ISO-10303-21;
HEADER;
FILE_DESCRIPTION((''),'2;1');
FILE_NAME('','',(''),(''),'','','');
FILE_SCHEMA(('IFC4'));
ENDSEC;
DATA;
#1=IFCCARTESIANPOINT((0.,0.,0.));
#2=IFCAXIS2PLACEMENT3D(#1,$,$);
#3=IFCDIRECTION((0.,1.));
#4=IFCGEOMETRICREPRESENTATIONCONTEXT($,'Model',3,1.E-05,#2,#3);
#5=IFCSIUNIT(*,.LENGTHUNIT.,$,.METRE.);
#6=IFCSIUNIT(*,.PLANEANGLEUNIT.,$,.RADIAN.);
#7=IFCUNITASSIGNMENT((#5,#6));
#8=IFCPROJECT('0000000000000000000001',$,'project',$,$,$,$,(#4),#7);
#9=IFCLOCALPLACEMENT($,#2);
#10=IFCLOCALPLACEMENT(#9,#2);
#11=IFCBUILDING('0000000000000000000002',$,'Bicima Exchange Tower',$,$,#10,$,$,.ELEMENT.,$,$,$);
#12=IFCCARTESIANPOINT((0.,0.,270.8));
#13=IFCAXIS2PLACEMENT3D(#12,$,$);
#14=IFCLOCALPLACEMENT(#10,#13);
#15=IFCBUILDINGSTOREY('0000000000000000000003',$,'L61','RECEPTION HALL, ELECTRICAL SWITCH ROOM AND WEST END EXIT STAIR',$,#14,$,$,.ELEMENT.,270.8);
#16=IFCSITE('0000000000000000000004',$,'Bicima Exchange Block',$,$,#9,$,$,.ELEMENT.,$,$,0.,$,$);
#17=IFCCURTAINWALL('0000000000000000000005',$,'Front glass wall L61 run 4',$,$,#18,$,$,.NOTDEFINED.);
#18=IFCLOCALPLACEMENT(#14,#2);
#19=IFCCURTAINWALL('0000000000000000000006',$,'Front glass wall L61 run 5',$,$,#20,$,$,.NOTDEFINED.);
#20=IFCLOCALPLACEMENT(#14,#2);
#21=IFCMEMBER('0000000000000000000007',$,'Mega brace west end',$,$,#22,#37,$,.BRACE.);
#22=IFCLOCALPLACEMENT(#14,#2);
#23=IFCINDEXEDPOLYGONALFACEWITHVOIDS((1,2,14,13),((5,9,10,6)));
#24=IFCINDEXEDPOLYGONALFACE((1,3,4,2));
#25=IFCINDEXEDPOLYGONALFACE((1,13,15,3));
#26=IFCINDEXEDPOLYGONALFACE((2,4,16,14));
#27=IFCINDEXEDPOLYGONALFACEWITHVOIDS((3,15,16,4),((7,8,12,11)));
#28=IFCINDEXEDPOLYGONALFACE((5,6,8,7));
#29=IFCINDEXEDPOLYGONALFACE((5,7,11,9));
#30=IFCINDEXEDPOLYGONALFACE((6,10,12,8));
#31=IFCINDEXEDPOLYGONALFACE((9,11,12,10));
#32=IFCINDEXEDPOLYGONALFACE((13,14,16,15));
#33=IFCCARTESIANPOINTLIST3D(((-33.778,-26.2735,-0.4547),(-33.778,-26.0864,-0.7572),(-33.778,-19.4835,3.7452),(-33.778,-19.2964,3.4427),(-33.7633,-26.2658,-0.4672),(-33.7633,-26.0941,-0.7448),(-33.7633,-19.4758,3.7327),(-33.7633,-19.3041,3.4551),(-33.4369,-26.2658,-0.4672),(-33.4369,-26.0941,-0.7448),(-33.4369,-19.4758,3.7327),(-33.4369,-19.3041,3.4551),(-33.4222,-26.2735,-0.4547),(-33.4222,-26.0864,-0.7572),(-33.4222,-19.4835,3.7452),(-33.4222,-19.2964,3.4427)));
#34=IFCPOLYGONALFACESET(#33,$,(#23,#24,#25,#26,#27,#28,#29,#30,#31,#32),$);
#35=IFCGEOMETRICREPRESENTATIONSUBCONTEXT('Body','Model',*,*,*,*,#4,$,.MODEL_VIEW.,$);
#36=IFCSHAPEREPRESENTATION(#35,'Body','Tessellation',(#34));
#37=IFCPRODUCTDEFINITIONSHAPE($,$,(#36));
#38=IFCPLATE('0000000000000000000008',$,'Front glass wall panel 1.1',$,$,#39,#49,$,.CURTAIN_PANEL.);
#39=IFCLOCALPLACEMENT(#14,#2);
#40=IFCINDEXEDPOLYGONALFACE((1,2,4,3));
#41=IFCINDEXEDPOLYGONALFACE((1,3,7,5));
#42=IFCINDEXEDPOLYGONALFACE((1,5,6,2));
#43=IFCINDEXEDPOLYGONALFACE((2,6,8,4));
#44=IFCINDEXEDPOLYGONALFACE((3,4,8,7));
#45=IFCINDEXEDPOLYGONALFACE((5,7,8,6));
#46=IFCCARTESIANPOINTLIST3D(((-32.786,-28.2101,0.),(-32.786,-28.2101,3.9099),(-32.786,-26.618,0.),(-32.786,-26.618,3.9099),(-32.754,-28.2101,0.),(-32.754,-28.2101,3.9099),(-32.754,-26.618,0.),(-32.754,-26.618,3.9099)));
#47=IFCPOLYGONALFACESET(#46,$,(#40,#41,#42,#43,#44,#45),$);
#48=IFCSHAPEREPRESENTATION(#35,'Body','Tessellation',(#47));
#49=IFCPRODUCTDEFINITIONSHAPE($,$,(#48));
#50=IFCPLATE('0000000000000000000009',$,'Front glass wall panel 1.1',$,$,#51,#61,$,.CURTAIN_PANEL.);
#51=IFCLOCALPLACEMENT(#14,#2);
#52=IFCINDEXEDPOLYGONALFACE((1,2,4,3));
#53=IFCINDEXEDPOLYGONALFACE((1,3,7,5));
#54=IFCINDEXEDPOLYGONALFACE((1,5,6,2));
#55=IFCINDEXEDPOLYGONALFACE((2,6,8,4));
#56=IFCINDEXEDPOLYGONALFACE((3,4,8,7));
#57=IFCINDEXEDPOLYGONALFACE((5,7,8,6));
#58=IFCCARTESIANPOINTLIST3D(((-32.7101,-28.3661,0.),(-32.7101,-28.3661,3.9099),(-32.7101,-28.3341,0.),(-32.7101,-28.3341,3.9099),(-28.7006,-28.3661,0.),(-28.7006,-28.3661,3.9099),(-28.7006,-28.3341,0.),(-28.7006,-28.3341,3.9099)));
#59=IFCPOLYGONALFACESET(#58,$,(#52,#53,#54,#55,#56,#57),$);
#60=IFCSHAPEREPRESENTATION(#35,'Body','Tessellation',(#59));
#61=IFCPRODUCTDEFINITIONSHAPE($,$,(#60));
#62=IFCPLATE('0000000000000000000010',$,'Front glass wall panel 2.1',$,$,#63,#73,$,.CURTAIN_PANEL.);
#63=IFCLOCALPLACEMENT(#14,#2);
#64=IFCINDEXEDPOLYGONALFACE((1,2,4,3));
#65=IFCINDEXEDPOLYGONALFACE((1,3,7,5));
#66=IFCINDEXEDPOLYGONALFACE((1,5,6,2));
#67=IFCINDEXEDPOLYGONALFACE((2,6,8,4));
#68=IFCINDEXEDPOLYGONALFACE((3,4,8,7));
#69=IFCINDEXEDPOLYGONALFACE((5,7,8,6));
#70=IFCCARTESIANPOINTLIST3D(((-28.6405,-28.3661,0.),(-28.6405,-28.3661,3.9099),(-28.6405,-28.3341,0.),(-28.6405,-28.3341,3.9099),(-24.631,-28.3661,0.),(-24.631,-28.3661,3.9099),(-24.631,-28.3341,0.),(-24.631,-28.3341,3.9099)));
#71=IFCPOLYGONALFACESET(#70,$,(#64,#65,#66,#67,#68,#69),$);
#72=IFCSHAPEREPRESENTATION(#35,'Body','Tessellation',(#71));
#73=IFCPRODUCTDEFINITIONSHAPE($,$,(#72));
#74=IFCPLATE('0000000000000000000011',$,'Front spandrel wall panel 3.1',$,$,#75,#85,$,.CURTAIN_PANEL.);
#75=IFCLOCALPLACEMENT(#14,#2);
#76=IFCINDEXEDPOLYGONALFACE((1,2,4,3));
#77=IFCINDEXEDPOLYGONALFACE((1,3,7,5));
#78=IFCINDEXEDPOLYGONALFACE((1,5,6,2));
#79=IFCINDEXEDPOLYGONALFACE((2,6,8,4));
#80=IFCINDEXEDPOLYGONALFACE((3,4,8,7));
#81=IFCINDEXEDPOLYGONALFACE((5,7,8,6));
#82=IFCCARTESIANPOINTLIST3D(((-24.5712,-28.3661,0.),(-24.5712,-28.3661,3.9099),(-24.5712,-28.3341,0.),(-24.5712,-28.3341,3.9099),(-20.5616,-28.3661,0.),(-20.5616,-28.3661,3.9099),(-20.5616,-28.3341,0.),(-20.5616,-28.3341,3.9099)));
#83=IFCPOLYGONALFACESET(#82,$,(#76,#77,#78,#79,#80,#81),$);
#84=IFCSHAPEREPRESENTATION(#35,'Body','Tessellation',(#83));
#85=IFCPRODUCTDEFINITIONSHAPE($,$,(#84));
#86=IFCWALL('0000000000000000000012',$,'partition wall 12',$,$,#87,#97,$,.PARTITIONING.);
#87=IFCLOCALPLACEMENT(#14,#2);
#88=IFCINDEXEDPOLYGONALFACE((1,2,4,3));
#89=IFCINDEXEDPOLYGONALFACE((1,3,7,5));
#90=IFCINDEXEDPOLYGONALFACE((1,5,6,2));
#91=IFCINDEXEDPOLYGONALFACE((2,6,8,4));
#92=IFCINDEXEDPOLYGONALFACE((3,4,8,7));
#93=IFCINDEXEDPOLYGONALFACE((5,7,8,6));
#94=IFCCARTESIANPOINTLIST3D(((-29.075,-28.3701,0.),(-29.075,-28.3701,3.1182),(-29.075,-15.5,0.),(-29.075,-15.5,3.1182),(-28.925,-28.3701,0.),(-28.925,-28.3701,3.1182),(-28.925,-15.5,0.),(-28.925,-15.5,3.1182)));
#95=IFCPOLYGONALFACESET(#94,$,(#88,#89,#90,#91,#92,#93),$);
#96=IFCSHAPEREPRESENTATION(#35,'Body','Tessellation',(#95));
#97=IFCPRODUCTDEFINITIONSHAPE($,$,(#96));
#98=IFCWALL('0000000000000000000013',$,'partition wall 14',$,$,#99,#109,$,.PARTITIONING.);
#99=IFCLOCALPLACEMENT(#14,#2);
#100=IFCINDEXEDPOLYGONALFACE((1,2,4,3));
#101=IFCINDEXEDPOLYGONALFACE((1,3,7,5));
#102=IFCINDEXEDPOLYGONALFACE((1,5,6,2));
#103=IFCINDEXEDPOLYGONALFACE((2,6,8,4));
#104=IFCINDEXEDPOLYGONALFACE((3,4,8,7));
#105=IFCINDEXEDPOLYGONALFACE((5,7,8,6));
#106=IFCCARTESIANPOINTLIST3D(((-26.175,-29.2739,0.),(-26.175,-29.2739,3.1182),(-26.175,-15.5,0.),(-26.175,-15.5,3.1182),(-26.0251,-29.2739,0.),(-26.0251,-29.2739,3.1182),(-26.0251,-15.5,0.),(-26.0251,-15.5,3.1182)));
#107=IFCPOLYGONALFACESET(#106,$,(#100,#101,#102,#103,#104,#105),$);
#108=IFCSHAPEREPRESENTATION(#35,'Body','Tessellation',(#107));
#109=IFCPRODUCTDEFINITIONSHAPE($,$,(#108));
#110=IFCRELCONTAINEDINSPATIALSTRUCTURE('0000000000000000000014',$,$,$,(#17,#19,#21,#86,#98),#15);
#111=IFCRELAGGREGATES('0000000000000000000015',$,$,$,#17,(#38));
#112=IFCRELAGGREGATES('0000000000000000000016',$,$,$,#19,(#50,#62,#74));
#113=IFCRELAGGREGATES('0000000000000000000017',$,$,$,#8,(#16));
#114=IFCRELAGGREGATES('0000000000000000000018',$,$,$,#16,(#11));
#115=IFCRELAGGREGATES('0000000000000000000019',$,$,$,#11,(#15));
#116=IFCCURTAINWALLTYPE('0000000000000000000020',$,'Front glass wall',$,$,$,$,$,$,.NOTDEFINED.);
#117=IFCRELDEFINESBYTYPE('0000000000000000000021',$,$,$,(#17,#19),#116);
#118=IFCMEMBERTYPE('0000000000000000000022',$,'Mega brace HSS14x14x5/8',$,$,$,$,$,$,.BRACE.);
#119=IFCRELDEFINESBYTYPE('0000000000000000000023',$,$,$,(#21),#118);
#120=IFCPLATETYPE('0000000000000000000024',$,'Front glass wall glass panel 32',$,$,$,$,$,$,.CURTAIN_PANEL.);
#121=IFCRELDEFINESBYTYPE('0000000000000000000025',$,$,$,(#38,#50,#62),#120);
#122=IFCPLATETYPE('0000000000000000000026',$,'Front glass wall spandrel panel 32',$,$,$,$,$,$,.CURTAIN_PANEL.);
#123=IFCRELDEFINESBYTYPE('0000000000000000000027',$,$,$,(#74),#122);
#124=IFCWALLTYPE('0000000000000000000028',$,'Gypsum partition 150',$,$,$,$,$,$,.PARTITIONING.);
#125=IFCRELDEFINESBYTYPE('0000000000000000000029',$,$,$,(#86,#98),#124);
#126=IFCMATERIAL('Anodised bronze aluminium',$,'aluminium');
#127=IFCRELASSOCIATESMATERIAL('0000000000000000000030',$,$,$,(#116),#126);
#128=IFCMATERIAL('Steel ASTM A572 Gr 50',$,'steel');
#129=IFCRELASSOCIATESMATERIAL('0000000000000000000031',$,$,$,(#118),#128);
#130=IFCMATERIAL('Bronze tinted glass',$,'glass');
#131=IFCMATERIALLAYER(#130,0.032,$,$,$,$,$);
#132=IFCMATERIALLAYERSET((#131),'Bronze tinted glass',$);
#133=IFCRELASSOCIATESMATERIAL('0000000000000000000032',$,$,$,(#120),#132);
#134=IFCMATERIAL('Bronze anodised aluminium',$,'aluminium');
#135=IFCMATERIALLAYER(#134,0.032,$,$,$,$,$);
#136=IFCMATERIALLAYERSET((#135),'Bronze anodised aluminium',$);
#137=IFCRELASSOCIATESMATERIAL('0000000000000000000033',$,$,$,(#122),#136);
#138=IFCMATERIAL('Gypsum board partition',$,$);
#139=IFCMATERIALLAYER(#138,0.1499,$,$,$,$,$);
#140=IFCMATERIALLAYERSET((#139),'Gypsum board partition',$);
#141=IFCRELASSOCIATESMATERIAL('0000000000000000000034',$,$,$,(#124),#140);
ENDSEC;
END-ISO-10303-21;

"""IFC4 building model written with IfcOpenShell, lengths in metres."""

from ifc_helpers import new_model, si_unit, direction, frame, frame_2d, origin, origin_2d, place, context, subcontext, project, spatial, rectangle, hollow_rectangle, extrude, material, layer, layer_set, material_profile, profile_set, type_object, element, aggregate, save


model = new_model("IFC4")

# Units and contexts
model_context = context("Model", 3, precision=1e-05, world=origin(), true_north=direction((0.0, 1.0)))
body_context = subcontext(model_context, "Body", "Model", "MODEL_VIEW")
ifc_project = project(units=[si_unit("LENGTHUNIT", "METRE"), si_unit("PLANEANGLEUNIT", "RADIAN")], contexts=[model_context])

# Site, building, storey
site_placement = place(None, origin())
site = spatial("IfcSite", under=ifc_project, at=site_placement, Name="Bicima Exchange Block", CompositionType="ELEMENT", RefElevation=0.0)
building_placement = place(site_placement, origin())
building = spatial("IfcBuilding", under=site, at=building_placement, Name="Bicima Exchange Tower", CompositionType="ELEMENT")
storey_placement = place(building_placement, frame((0.0, 0.0, 270.8)))
storey = spatial("IfcBuildingStorey", under=building, at=storey_placement, Name="L61", Description="RECEPTION HALL, ELECTRICAL SWITCH ROOM AND WEST END EXIT STAIR", CompositionType="ELEMENT", Elevation=270.8)

# Shared definitions
ifc_material_1 = material(Name="Steel ASTM A572 Gr 50", Category="steel")

# Curtain walls
ifc_material_2 = material(Name="Anodised bronze aluminium", Category="aluminium")
curtain_wall_type = type_object("IfcCurtainWallType", Name="Front glass wall", PredefinedType="NOTDEFINED", material=ifc_material_2)
curtain_wall_1_placement = place(storey_placement, origin())
curtain_wall_1 = element("IfcCurtainWall", 1, at=curtain_wall_1_placement, inside=storey, type_object=curtain_wall_type, Name="Front glass wall L61 run 4", PredefinedType="NOTDEFINED")
curtain_wall_2_placement = place(storey_placement, origin())
curtain_wall_2 = element("IfcCurtainWall", 2, at=curtain_wall_2_placement, inside=storey, type_object=curtain_wall_type, Name="Front glass wall L61 run 5", PredefinedType="NOTDEFINED")

# Member
ifc_material_profile_1 = material_profile(ifc_material_1, hollow_rectangle(XDim=0.3557, YDim=0.3557, WallThickness=0.0146, at=origin_2d()))
ifc_profile_set_1 = profile_set([ifc_material_profile_1], Name="Steel ASTM A572 Gr 50")
member_type_1 = type_object("IfcMemberType", Name="Mega brace HSS14x14x5/8", PredefinedType="BRACE", material=ifc_profile_set_1)
member_1_placement = place(storey_placement, frame((-33.6001, -26.1799, -0.606), z_axis=(0.0, 0.850456, 0.526046), x_axis=(-1.0, 0.0, 0.0)))
element("IfcMember", 3, at=member_1_placement, inside=storey, type_object=member_type_1, Name="Mega brace west end", PredefinedType="BRACE", context=body_context, shape_type="SweptSolid", body=[
    extrude(hollow_rectangle(XDim=0.3557, YDim=0.3557, WallThickness=0.0146, at=origin_2d()), origin(), (0.0, 0.0, 1.0), 7.9839),
])

# Plates
ifc_material_3 = material(Name="Bronze tinted glass", Category="glass")
ifc_layer_1 = layer(ifc_material_3, 0.032)
ifc_layer_set_1 = layer_set([ifc_layer_1], Name="Bronze tinted glass")
plate_type_1 = type_object("IfcPlateType", Name="Front glass wall glass panel 32", PredefinedType="CURTAIN_PANEL", material=ifc_layer_set_1)
plate_1_placement = place(storey_placement, frame((-32.77, -27.4141, 0.0), z_axis=(0.0, 0.0, 1.0), x_axis=(0.0, -1.0, 0.0)))
plate_1 = element("IfcPlate", 4, at=plate_1_placement, type_object=plate_type_1, Name="Front glass wall panel 1.1", PredefinedType="CURTAIN_PANEL", context=body_context, shape_type="SweptSolid", body=[
    extrude(rectangle(XDim=1.592, YDim=0.032, at=origin_2d()), origin(), (0.0, 0.0, 1.0), 3.9099),
])
aggregate(curtain_wall_1, [plate_1])
plate_2_placement = place(storey_placement, frame((-30.7053, -28.3501, 0.0), z_axis=(0.0, 0.0, 1.0), x_axis=(1.0, 0.0, 0.0)))
plate_2 = element("IfcPlate", 5, at=plate_2_placement, type_object=plate_type_1, Name="Front glass wall panel 1.1", PredefinedType="CURTAIN_PANEL", context=body_context, shape_type="SweptSolid", body=[
    extrude(rectangle(XDim=4.0095, YDim=0.032, at=origin_2d()), origin(), (0.0, 0.0, 1.0), 3.9099),
])
plate_3_placement = place(storey_placement, frame((-26.6357, -28.3501, 0.0), z_axis=(0.0, 0.0, 1.0), x_axis=(1.0, 0.0, 0.0)))
plate_3 = element("IfcPlate", 6, at=plate_3_placement, type_object=plate_type_1, Name="Front glass wall panel 2.1", PredefinedType="CURTAIN_PANEL", context=body_context, shape_type="SweptSolid", body=[
    extrude(rectangle(XDim=4.0095, YDim=0.032, at=origin_2d()), origin(), (0.0, 0.0, 1.0), 3.9099),
])
ifc_material_4 = material(Name="Bronze anodised aluminium", Category="aluminium")
ifc_layer_2 = layer(ifc_material_4, 0.032)
ifc_layer_set_2 = layer_set([ifc_layer_2], Name="Bronze anodised aluminium")
plate_type_2 = type_object("IfcPlateType", Name="Front glass wall spandrel panel 32", PredefinedType="CURTAIN_PANEL", material=ifc_layer_set_2)
plate_4_placement = place(storey_placement, frame((-22.5664, -28.3501, 0.0), z_axis=(0.0, 0.0, 1.0), x_axis=(1.0, 0.0, 0.0)))
plate_4 = element("IfcPlate", 7, at=plate_4_placement, type_object=plate_type_2, Name="Front spandrel wall panel 3.1", PredefinedType="CURTAIN_PANEL", context=body_context, shape_type="SweptSolid", body=[
    extrude(rectangle(XDim=4.0095, YDim=0.032, at=origin_2d()), origin(), (0.0, 0.0, 1.0), 3.9099),
])
aggregate(curtain_wall_2, [plate_2, plate_3, plate_4])

# Walls
ifc_material_5 = material(Name="Gypsum board partition")
ifc_layer_3 = layer(ifc_material_5, 0.1499)
ifc_layer_set_3 = layer_set([ifc_layer_3], Name="Gypsum board partition")
wall_type = type_object("IfcWallType", Name="Gypsum partition 150", PredefinedType="PARTITIONING", material=ifc_layer_set_3)
wall_1_placement = place(storey_placement, frame((-29.0, -28.3701, 0.0), z_axis=(0.0, 0.0, 1.0), x_axis=(0.0, 1.0, 0.0)))
element("IfcWall", 8, at=wall_1_placement, inside=storey, type_object=wall_type, Name="partition wall 12", PredefinedType="PARTITIONING", context=body_context, shape_type="SweptSolid", body=[
    extrude(rectangle(XDim=12.8701, YDim=0.1499, at=frame_2d((6.4351, 0.0))), origin(), (0.0, 0.0, 1.0), 3.1182),
])
wall_2_placement = place(storey_placement, frame((-26.1001, -29.2739, 0.0), z_axis=(0.0, 0.0, 1.0), x_axis=(0.0, 1.0, 0.0)))
element("IfcWall", 9, at=wall_2_placement, inside=storey, type_object=wall_type, Name="partition wall 14", PredefinedType="PARTITIONING", context=body_context, shape_type="SweptSolid", body=[
    extrude(rectangle(XDim=13.7739, YDim=0.1499, at=frame_2d((6.887, 0.0))), origin(), (0.0, 0.0, 1.0), 3.1182),
])

save(model, "model.ifc")
